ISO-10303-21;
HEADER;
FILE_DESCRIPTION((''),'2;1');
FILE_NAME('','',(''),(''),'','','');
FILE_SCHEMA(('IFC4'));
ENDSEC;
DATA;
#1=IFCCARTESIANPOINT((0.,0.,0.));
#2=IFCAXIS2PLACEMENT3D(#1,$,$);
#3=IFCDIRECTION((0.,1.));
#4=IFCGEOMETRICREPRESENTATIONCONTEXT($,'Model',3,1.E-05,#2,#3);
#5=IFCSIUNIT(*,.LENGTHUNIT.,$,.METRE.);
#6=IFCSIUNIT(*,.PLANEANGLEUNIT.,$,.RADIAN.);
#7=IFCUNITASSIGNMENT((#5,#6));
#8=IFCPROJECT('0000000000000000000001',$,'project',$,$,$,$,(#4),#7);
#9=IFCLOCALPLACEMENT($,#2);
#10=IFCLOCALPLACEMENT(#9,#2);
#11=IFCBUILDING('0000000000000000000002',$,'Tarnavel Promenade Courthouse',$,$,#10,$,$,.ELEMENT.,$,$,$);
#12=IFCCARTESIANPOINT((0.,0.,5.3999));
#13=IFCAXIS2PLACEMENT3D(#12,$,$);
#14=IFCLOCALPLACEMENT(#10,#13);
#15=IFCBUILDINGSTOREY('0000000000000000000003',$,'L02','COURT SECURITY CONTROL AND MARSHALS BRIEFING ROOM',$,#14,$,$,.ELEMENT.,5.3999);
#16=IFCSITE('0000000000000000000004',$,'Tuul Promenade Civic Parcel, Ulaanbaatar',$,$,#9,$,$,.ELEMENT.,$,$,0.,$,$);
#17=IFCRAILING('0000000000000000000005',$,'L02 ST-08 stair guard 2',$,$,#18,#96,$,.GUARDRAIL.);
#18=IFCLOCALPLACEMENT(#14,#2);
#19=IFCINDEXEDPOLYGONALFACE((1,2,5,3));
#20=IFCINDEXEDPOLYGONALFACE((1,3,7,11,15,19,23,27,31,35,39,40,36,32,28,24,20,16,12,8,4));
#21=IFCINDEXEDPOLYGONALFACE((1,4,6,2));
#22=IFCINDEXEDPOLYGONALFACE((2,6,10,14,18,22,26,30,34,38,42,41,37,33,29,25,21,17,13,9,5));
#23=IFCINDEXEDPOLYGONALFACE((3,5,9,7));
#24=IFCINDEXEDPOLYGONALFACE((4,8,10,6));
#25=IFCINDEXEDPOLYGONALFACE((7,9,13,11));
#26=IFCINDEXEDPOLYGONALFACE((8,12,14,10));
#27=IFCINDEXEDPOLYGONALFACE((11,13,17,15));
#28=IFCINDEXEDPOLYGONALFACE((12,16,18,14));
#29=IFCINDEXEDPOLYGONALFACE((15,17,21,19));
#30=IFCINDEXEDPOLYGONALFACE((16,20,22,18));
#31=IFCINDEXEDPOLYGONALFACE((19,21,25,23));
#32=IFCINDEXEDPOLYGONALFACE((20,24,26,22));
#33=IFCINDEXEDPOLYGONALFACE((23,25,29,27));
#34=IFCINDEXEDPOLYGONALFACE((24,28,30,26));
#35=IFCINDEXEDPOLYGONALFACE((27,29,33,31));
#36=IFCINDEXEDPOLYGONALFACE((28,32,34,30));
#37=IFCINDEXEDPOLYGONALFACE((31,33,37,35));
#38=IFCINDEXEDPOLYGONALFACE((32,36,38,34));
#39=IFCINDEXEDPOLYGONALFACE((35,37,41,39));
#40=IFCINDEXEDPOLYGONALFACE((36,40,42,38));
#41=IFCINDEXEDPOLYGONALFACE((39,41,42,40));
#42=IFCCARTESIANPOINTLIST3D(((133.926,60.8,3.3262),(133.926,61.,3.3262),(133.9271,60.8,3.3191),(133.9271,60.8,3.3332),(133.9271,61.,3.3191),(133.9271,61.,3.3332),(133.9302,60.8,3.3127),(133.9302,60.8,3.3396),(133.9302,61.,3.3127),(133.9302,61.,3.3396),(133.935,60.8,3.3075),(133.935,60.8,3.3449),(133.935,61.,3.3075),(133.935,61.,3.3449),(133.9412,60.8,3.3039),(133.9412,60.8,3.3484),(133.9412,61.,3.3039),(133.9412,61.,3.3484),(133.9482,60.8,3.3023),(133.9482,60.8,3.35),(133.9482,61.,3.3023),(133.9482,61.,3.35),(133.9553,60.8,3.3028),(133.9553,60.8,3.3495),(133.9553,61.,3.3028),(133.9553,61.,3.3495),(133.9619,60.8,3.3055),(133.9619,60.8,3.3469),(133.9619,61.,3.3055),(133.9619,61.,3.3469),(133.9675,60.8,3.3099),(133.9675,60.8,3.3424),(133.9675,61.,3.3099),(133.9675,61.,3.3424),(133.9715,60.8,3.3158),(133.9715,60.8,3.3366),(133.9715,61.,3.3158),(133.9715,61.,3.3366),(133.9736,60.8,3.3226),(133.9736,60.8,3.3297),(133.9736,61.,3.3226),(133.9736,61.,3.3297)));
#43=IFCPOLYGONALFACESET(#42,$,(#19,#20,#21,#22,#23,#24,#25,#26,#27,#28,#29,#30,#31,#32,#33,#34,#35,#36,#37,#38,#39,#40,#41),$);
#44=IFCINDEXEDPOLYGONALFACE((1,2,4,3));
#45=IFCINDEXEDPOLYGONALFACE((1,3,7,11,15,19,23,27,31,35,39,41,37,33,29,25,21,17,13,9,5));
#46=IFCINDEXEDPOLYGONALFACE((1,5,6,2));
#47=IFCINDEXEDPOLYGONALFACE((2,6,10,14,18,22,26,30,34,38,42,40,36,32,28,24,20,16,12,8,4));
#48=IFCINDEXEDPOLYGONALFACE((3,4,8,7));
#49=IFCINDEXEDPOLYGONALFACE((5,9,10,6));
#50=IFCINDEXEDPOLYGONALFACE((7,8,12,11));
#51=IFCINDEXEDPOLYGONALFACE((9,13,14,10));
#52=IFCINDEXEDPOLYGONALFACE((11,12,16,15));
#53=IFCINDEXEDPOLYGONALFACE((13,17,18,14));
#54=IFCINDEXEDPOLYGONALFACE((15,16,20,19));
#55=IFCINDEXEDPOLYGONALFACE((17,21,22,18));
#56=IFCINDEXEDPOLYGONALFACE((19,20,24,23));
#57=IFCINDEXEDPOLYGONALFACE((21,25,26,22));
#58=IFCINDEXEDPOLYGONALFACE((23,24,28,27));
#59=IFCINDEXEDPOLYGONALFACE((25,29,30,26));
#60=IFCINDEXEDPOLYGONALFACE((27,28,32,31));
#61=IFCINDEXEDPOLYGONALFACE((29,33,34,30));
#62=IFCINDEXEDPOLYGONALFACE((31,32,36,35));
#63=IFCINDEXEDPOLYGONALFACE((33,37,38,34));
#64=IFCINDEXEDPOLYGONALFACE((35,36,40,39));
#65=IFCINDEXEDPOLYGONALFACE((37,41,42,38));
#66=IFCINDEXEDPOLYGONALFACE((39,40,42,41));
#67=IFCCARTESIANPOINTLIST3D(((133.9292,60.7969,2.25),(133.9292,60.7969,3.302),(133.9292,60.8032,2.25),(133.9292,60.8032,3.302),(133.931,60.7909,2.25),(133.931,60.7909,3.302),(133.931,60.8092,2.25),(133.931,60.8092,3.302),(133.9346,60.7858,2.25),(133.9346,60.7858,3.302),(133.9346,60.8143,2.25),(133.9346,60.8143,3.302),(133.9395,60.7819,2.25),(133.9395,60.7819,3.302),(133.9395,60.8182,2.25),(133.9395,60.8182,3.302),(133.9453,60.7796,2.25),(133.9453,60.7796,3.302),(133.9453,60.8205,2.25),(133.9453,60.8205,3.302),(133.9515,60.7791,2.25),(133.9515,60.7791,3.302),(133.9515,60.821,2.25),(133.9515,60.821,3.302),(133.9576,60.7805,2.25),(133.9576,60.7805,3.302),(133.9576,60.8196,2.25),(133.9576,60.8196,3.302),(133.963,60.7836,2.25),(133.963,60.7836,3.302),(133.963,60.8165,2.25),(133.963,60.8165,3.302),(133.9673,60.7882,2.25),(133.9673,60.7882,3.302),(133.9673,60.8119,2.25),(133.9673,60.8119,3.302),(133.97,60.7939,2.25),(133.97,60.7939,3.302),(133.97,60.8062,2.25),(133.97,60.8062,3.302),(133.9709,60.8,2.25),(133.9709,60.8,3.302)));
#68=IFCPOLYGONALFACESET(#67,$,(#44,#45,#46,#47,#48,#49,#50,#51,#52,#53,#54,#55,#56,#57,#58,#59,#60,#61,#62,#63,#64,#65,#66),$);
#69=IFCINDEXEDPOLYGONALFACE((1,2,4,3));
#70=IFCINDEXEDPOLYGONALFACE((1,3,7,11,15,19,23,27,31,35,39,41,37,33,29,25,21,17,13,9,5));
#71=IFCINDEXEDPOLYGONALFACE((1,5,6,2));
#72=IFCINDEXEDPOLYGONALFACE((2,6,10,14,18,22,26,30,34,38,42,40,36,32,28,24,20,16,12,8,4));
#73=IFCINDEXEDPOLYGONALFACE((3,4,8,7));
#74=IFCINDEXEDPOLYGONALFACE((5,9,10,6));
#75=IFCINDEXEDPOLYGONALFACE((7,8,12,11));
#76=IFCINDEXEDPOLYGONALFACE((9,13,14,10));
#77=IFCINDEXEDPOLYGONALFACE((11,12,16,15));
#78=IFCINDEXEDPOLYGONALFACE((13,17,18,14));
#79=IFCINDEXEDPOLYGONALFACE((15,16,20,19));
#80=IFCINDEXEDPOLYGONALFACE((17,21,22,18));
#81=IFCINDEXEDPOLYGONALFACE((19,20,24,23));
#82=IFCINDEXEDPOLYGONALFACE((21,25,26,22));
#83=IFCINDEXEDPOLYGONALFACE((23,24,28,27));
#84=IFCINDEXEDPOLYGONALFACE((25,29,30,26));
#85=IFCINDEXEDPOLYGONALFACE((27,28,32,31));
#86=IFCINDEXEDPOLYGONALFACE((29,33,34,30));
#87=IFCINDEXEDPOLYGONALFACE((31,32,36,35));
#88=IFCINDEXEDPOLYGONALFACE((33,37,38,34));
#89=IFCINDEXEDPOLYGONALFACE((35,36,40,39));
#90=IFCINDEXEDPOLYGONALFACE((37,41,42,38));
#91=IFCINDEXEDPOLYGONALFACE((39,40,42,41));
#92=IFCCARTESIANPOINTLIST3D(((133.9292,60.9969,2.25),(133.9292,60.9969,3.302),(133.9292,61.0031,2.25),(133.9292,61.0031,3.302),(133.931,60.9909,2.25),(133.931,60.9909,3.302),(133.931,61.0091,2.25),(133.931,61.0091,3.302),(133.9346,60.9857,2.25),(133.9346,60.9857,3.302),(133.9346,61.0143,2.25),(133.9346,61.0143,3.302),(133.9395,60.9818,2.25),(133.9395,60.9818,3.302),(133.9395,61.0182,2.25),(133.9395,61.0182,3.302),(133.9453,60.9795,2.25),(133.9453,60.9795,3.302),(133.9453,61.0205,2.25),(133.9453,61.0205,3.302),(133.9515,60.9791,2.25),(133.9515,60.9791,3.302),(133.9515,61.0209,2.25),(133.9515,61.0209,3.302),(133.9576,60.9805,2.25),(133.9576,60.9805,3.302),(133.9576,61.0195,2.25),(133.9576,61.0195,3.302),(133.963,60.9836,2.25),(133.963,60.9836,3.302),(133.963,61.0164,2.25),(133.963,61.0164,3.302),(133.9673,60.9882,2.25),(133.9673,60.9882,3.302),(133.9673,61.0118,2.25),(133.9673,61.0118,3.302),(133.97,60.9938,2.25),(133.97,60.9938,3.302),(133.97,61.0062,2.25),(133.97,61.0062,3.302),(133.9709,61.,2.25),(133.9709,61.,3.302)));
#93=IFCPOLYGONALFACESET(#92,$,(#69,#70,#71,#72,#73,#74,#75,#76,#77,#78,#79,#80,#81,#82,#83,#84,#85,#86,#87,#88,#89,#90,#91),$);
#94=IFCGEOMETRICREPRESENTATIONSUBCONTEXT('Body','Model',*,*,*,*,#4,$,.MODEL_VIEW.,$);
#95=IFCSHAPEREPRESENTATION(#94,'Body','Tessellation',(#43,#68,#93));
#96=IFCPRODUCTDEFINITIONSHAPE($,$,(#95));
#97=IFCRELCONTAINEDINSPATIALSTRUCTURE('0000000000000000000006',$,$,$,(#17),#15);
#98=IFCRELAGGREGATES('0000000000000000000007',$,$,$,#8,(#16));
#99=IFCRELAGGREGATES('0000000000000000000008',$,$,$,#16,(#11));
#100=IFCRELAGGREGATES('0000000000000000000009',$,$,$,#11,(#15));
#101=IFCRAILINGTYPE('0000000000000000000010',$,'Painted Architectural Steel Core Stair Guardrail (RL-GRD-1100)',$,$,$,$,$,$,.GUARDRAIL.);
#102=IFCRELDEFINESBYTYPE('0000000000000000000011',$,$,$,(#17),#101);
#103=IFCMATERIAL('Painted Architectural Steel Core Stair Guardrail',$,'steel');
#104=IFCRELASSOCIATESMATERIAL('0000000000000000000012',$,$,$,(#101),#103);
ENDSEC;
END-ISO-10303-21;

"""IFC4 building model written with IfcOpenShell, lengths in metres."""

from ifc_helpers import new_model, si_unit, direction, frame, origin, origin_2d, place, context, subcontext, project, spatial, circle, extrude, material, type_object, element, save


model = new_model("IFC4")

# Units and contexts
model_context = context("Model", 3, precision=1e-05, world=origin(), true_north=direction((0.0, 1.0)))
body_context = subcontext(model_context, "Body", "Model", "MODEL_VIEW")
ifc_project = project(units=[si_unit("LENGTHUNIT", "METRE"), si_unit("PLANEANGLEUNIT", "RADIAN")], contexts=[model_context])

# Site, building, storey
site_placement = place(None, origin())
site = spatial("IfcSite", under=ifc_project, at=site_placement, Name="Tuul Promenade Civic Parcel, Ulaanbaatar", CompositionType="ELEMENT", RefElevation=0.0)
building_placement = place(site_placement, origin())
building = spatial("IfcBuilding", under=site, at=building_placement, Name="Tarnavel Promenade Courthouse", CompositionType="ELEMENT")
storey_placement = place(building_placement, frame((0.0, 0.0, 5.3999)))
storey = spatial("IfcBuildingStorey", under=building, at=storey_placement, Name="L02", Description="COURT SECURITY CONTROL AND MARSHALS BRIEFING ROOM", CompositionType="ELEMENT", Elevation=5.3999)

# Railing
ifc_material_1 = material(Name="Painted Architectural Steel Core Stair Guardrail", Category="steel")
railing_type_1 = type_object("IfcRailingType", Name="Painted Architectural Steel Core Stair Guardrail (RL-GRD-1100)", PredefinedType="GUARDRAIL", material=ifc_material_1)
railing_1_placement = place(storey_placement, frame((133.95, 60.8, 2.25)))
element("IfcRailing", 1, at=railing_1_placement, inside=storey, type_object=railing_type_1, Name="L02 ST-08 stair guard 2", PredefinedType="GUARDRAIL", context=body_context, shape_type="SweptSolid", body=[
    extrude(circle(Radius=0.0239, at=origin_2d()), frame((0.0, 0.0, 1.0762), z_axis=(0.0, 1.0, 0.0), x_axis=(-1.0, 0.0, 0.0)), (0.0, 0.0, 1.0), 0.2),
    extrude(circle(Radius=0.021, at=origin_2d()), origin(), (0.0, 0.0, 1.0), 1.052),
    extrude(circle(Radius=0.021, at=origin_2d()), frame((0.0, 0.2, 0.0)), (0.0, 0.0, 1.0), 1.052),
])

save(model, "model.ifc")
